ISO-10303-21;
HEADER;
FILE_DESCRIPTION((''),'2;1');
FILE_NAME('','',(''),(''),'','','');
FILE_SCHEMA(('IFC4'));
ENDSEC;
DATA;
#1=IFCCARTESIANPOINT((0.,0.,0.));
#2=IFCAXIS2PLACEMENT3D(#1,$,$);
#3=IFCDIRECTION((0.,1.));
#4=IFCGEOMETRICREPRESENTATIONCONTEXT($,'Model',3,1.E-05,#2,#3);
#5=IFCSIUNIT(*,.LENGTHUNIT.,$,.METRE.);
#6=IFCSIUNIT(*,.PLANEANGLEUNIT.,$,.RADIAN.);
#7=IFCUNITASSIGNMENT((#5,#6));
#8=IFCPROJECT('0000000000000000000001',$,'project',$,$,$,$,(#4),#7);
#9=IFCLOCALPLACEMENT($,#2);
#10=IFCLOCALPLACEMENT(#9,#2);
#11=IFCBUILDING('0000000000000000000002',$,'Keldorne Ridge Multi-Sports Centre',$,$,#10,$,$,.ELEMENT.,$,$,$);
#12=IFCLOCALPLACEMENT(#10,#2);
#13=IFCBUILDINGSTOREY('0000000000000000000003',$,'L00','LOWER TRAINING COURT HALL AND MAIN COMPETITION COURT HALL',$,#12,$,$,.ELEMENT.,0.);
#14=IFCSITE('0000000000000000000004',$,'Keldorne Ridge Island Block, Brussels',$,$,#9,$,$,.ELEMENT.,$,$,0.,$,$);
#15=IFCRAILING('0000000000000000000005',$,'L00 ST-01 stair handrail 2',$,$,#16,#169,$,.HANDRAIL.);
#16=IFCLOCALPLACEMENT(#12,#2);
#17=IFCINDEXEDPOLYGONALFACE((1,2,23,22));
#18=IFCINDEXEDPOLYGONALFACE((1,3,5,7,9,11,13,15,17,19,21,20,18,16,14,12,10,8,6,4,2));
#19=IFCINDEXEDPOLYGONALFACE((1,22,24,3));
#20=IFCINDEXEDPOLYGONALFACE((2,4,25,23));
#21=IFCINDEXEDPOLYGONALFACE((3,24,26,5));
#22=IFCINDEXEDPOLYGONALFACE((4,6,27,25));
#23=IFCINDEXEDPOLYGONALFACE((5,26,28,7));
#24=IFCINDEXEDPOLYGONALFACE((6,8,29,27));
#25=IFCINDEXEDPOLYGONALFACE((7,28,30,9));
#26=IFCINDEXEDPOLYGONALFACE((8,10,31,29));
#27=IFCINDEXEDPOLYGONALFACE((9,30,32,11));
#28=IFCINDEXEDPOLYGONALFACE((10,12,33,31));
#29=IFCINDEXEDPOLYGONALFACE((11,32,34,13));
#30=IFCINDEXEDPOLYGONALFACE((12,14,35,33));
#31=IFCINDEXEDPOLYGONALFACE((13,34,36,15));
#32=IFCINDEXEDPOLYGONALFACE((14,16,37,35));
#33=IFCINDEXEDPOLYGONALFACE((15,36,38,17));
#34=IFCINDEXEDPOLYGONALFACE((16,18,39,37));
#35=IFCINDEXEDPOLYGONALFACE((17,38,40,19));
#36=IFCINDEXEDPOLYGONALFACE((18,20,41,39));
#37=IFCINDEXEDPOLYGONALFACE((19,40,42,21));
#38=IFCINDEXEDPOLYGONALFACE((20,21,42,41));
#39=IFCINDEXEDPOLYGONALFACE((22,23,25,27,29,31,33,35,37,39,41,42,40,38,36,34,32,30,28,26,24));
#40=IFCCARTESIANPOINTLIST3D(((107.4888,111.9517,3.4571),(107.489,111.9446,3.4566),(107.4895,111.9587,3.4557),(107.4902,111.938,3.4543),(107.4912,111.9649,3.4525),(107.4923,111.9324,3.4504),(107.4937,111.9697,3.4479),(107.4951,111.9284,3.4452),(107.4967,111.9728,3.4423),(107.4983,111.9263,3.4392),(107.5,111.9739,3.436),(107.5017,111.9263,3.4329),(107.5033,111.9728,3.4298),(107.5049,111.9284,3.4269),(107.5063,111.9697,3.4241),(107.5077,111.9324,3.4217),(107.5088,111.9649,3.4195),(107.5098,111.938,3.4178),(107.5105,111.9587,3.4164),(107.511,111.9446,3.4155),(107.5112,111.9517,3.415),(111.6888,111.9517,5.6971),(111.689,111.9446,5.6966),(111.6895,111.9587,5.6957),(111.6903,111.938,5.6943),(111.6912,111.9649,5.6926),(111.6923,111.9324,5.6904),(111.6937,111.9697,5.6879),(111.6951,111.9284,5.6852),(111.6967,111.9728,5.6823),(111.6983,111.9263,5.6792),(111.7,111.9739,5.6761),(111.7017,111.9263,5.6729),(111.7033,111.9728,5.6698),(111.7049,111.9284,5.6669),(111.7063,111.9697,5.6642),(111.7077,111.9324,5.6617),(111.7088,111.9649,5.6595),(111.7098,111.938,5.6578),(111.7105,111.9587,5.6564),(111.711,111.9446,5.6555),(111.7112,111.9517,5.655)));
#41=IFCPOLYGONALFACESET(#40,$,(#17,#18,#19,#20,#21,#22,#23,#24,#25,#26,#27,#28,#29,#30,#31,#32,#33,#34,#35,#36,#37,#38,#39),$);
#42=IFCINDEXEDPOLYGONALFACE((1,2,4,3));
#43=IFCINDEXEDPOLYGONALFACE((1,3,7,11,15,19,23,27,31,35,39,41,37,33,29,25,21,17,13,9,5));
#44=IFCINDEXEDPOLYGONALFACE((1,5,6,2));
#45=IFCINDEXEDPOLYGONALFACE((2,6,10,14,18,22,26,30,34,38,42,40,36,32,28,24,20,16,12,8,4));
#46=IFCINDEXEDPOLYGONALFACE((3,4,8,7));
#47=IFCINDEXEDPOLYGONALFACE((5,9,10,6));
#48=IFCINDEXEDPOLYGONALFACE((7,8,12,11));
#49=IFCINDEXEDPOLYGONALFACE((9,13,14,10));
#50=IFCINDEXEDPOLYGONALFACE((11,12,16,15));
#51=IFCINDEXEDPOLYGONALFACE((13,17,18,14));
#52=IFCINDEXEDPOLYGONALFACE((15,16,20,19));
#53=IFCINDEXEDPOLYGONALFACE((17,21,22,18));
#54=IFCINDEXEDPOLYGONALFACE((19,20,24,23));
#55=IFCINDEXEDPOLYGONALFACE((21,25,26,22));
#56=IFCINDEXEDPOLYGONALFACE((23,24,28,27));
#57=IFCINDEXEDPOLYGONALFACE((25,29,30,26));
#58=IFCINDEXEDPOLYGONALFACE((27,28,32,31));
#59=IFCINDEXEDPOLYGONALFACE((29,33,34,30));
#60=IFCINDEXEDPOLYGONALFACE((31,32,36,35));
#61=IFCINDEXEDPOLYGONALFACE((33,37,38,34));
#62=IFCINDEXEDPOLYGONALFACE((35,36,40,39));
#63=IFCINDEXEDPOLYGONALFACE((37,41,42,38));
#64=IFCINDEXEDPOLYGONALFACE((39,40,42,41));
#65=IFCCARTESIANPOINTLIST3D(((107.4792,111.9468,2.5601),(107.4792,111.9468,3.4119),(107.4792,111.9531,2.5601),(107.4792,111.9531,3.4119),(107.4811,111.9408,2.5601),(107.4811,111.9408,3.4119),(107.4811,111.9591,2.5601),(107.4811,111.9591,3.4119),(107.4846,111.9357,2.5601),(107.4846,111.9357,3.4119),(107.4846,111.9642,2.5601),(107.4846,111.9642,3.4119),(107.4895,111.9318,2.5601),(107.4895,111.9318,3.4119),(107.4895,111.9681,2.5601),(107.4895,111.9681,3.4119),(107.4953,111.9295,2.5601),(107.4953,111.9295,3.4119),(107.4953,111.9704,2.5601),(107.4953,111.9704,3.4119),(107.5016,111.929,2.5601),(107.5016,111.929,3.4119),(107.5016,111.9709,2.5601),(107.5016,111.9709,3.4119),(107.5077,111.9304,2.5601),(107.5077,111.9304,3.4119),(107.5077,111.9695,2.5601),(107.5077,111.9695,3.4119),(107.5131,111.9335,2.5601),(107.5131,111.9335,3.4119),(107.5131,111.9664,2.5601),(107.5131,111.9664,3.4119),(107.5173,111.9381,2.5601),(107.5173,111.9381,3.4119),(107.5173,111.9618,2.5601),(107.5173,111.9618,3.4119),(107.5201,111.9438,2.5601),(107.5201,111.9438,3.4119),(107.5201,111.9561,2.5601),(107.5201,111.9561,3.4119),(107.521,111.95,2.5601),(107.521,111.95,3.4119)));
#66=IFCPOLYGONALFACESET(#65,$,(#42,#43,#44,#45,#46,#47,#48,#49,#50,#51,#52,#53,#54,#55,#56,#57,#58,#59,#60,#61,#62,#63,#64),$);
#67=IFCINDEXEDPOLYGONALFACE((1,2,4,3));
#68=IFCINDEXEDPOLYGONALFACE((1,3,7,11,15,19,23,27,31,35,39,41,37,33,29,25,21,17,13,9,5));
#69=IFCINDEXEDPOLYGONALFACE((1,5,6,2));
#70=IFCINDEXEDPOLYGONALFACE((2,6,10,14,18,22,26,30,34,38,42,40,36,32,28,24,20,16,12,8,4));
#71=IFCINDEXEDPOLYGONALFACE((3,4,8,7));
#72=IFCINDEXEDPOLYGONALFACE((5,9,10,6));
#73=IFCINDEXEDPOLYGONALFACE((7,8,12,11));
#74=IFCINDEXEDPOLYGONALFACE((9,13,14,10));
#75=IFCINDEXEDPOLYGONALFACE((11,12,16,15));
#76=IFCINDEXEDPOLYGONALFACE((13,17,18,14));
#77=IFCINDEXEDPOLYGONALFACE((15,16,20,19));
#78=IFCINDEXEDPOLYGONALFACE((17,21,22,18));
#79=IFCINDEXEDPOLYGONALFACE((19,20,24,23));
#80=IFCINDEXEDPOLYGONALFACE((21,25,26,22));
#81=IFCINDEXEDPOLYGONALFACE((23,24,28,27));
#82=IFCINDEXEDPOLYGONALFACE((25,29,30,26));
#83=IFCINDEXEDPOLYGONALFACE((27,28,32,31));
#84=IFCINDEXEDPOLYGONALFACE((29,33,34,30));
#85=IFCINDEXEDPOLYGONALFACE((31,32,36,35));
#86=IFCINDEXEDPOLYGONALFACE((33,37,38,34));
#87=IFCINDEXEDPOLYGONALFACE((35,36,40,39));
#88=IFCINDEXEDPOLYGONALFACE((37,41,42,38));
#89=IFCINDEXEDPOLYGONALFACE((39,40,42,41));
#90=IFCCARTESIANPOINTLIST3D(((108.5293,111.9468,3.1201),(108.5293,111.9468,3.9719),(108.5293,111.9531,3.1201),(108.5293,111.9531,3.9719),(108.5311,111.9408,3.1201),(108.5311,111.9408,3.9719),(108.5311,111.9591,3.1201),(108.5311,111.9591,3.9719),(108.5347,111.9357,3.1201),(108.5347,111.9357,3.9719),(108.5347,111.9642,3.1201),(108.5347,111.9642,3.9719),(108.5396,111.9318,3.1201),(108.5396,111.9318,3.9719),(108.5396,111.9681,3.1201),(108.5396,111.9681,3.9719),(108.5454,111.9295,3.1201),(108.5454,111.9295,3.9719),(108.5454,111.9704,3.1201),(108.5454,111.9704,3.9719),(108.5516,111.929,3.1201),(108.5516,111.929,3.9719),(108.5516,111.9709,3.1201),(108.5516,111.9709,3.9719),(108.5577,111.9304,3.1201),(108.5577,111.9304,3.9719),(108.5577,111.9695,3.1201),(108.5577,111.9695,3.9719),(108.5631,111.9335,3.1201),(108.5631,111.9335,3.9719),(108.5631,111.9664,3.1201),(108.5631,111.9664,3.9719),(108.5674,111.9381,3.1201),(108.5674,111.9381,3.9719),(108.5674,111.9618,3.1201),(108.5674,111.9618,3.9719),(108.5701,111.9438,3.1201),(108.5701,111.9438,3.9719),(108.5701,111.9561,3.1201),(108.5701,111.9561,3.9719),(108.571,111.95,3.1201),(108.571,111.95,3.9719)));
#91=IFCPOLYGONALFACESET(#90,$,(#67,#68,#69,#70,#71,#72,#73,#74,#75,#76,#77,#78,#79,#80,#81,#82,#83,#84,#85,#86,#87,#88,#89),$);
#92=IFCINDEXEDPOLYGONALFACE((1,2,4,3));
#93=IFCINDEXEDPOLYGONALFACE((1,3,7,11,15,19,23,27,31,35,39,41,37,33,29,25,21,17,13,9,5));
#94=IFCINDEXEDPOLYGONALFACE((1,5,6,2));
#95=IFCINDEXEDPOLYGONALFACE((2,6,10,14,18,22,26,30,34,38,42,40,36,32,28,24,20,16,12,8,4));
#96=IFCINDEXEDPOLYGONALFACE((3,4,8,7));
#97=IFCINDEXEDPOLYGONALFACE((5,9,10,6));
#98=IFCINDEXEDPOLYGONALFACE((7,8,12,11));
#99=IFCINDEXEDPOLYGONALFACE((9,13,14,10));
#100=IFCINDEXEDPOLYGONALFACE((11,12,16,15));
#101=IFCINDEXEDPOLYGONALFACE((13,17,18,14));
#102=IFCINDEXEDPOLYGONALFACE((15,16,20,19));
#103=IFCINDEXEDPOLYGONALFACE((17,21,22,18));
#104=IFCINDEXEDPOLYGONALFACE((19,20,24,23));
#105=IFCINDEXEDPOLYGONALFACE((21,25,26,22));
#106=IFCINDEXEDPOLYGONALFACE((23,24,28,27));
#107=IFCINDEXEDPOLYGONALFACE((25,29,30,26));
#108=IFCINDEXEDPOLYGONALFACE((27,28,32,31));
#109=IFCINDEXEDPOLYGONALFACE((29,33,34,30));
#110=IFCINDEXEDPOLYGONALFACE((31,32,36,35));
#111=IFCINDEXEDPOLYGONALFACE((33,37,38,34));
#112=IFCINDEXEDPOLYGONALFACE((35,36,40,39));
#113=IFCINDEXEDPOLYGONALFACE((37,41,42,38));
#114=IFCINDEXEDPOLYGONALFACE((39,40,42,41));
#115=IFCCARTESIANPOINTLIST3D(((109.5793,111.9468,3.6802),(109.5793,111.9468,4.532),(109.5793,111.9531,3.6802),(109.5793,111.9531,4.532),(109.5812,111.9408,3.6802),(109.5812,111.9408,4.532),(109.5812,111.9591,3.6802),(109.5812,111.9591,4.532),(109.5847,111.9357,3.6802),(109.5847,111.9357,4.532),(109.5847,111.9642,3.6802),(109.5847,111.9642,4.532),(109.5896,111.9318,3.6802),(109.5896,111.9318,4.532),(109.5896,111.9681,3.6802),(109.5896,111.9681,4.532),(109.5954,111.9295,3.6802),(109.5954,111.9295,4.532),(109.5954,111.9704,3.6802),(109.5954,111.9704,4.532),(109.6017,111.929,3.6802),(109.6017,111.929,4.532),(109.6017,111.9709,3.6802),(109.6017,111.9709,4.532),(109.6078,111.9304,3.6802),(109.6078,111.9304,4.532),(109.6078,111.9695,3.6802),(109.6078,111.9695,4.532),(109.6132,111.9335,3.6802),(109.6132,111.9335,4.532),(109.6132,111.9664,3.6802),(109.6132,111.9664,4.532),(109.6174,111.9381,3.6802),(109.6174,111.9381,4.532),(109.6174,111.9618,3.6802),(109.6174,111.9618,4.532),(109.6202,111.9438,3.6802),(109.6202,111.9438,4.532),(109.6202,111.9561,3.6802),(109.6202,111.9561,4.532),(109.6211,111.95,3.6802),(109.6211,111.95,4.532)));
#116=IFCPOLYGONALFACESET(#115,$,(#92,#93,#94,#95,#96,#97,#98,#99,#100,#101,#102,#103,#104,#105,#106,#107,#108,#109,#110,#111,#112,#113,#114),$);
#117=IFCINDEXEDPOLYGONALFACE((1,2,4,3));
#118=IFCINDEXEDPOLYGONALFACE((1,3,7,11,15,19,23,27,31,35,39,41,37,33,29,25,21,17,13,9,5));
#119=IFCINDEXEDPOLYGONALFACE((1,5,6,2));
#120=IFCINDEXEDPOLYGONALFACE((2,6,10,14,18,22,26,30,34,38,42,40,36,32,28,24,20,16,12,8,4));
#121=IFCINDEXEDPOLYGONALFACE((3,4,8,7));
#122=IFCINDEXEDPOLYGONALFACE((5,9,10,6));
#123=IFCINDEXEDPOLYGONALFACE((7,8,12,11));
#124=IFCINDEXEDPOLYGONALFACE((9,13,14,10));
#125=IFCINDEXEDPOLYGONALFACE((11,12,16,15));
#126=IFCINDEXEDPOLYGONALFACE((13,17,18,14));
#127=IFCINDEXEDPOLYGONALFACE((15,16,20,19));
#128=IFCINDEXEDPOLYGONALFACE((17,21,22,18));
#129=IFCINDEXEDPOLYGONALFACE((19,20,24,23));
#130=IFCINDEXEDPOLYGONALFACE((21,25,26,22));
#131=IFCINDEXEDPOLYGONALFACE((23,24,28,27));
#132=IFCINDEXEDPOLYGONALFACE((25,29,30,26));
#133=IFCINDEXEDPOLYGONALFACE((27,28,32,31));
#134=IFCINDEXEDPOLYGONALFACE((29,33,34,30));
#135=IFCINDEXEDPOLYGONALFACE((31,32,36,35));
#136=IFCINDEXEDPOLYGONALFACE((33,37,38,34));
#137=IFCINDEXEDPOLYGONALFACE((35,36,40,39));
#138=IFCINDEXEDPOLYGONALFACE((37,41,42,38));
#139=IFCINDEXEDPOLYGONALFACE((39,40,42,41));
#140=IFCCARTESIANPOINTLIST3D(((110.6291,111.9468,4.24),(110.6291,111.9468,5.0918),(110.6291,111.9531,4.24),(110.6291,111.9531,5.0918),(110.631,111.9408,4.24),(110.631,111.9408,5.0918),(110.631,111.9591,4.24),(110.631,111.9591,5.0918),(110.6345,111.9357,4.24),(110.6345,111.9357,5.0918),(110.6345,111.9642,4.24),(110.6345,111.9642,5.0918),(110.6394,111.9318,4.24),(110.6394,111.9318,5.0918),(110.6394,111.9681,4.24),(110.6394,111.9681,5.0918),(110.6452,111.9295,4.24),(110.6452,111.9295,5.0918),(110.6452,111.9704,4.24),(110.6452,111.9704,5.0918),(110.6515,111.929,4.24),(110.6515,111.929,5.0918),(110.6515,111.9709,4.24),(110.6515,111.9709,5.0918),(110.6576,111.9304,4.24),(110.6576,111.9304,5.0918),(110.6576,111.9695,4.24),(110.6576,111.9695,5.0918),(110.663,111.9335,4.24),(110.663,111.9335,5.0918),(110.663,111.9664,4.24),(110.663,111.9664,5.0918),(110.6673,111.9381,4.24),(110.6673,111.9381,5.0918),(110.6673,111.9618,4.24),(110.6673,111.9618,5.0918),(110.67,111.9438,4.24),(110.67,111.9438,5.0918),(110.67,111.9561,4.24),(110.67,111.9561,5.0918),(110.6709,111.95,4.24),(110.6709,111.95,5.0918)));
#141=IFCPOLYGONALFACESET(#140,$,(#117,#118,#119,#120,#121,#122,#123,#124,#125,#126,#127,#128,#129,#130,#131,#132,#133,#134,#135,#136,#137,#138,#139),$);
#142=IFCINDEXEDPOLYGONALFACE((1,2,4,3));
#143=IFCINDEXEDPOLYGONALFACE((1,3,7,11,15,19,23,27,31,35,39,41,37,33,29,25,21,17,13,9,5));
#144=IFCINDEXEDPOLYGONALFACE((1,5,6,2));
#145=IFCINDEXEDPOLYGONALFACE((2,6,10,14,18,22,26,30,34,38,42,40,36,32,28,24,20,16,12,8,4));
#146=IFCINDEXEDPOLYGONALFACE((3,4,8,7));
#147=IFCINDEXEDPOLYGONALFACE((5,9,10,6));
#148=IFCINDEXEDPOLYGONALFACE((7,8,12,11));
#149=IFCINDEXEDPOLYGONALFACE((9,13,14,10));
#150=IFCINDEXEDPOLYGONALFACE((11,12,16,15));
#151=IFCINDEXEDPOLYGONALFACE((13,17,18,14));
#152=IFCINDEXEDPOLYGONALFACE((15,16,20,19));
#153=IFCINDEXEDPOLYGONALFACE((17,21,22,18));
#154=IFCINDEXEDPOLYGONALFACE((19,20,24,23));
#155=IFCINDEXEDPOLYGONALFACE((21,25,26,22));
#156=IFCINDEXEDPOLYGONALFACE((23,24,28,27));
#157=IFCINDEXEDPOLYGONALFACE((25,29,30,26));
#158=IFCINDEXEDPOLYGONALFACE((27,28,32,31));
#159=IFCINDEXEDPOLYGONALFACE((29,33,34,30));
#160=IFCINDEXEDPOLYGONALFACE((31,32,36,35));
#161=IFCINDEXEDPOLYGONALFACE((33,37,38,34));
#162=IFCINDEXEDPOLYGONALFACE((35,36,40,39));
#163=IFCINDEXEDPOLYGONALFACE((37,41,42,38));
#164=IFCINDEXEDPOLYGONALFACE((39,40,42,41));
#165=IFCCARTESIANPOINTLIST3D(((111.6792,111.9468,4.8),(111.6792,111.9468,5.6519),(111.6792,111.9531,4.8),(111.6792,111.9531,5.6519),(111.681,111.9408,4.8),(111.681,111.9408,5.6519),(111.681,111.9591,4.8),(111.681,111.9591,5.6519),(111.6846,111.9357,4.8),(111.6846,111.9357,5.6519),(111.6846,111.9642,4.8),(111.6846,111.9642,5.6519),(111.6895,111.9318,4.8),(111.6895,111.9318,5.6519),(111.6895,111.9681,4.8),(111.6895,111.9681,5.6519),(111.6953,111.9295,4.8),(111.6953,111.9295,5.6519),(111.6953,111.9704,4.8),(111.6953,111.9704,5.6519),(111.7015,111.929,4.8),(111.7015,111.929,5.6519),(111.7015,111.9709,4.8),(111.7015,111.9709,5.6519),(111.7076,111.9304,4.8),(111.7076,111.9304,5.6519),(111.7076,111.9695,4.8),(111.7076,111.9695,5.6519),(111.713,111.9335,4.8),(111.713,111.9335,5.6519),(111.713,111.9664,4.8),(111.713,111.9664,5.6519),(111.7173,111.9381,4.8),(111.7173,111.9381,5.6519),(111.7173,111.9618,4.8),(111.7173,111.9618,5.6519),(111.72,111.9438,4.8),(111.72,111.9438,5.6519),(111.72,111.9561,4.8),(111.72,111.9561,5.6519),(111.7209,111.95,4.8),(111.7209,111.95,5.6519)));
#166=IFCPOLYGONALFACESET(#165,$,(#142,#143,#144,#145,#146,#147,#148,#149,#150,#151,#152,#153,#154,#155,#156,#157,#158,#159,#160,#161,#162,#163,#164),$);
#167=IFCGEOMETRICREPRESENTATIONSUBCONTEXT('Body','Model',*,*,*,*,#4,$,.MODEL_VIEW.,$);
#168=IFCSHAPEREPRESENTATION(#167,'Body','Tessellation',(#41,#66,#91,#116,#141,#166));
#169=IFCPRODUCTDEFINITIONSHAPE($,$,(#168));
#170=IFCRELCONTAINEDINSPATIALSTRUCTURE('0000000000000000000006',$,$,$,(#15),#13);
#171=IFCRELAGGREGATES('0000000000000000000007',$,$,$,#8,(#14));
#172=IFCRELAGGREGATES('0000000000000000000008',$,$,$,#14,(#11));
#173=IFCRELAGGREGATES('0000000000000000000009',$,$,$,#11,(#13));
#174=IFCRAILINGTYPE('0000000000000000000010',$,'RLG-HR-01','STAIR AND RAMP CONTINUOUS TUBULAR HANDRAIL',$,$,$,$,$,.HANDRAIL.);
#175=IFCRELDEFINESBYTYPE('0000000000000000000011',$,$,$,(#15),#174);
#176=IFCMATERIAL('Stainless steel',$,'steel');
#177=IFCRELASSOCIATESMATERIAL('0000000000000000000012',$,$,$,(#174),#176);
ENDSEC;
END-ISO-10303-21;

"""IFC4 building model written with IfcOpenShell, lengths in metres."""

from ifc_helpers import new_model, si_unit, direction, frame, origin, origin_2d, place, context, subcontext, project, spatial, circle, extrude, material, type_object, element, save


model = new_model("IFC4")

# Units and contexts
model_context = context("Model", 3, precision=1e-05, world=origin(), true_north=direction((0.0, 1.0)))
body_context = subcontext(model_context, "Body", "Model", "MODEL_VIEW")
ifc_project = project(units=[si_unit("LENGTHUNIT", "METRE"), si_unit("PLANEANGLEUNIT", "RADIAN")], contexts=[model_context])

# Site, building, storey
site_placement = place(None, origin())
site = spatial("IfcSite", under=ifc_project, at=site_placement, Name="Keldorne Ridge Island Block, Brussels", CompositionType="ELEMENT", RefElevation=0.0)
building_placement = place(site_placement, origin())
building = spatial("IfcBuilding", under=site, at=building_placement, Name="Keldorne Ridge Multi-Sports Centre", CompositionType="ELEMENT")
storey_placement = place(building_placement, origin())
storey = spatial("IfcBuildingStorey", under=building, at=storey_placement, Name="L00", Description="LOWER TRAINING COURT HALL AND MAIN COMPETITION COURT HALL", CompositionType="ELEMENT", Elevation=0.0)

# Shared definitions
ifc_material_1 = material(Name="Stainless steel", Category="steel")

# Railing
railing_type_1 = type_object("IfcRailingType", Name="RLG-HR-01", Description="STAIR AND RAMP CONTINUOUS TUBULAR HANDRAIL", PredefinedType="HANDRAIL", material=ifc_material_1)
railing_1_placement = place(storey_placement, frame((107.5, 111.95, 2.5601)))
element("IfcRailing", 1, at=railing_1_placement, inside=storey, type_object=railing_type_1, Name="L00 ST-01 stair handrail 2", PredefinedType="HANDRAIL", context=body_context, shape_type="SweptSolid", body=[
    extrude(circle(Radius=0.0239, at=origin_2d()), frame((0.0, 0.0, 0.876), z_axis=(0.882352, 0.0, 0.470591), x_axis=(0.0, 1.0, 0.0)), (0.0, 0.0, 1.0), 4.76),
    extrude(circle(Radius=0.021, at=origin_2d()), origin(), (0.0, 0.0, 1.0), 0.8518),
    extrude(circle(Radius=0.021, at=origin_2d()), frame((1.05, 0.0, 0.5601)), (0.0, 0.0, 1.0), 0.8518),
    extrude(circle(Radius=0.021, at=origin_2d()), frame((2.1001, 0.0, 1.1201)), (0.0, 0.0, 1.0), 0.8518),
    extrude(circle(Radius=0.021, at=origin_2d()), frame((3.1499, 0.0, 1.6799)), (0.0, 0.0, 1.0), 0.8518),
    extrude(circle(Radius=0.021, at=origin_2d()), frame((4.2, 0.0, 2.24)), (0.0, 0.0, 1.0), 0.8518),
])

save(model, "model.ifc")
